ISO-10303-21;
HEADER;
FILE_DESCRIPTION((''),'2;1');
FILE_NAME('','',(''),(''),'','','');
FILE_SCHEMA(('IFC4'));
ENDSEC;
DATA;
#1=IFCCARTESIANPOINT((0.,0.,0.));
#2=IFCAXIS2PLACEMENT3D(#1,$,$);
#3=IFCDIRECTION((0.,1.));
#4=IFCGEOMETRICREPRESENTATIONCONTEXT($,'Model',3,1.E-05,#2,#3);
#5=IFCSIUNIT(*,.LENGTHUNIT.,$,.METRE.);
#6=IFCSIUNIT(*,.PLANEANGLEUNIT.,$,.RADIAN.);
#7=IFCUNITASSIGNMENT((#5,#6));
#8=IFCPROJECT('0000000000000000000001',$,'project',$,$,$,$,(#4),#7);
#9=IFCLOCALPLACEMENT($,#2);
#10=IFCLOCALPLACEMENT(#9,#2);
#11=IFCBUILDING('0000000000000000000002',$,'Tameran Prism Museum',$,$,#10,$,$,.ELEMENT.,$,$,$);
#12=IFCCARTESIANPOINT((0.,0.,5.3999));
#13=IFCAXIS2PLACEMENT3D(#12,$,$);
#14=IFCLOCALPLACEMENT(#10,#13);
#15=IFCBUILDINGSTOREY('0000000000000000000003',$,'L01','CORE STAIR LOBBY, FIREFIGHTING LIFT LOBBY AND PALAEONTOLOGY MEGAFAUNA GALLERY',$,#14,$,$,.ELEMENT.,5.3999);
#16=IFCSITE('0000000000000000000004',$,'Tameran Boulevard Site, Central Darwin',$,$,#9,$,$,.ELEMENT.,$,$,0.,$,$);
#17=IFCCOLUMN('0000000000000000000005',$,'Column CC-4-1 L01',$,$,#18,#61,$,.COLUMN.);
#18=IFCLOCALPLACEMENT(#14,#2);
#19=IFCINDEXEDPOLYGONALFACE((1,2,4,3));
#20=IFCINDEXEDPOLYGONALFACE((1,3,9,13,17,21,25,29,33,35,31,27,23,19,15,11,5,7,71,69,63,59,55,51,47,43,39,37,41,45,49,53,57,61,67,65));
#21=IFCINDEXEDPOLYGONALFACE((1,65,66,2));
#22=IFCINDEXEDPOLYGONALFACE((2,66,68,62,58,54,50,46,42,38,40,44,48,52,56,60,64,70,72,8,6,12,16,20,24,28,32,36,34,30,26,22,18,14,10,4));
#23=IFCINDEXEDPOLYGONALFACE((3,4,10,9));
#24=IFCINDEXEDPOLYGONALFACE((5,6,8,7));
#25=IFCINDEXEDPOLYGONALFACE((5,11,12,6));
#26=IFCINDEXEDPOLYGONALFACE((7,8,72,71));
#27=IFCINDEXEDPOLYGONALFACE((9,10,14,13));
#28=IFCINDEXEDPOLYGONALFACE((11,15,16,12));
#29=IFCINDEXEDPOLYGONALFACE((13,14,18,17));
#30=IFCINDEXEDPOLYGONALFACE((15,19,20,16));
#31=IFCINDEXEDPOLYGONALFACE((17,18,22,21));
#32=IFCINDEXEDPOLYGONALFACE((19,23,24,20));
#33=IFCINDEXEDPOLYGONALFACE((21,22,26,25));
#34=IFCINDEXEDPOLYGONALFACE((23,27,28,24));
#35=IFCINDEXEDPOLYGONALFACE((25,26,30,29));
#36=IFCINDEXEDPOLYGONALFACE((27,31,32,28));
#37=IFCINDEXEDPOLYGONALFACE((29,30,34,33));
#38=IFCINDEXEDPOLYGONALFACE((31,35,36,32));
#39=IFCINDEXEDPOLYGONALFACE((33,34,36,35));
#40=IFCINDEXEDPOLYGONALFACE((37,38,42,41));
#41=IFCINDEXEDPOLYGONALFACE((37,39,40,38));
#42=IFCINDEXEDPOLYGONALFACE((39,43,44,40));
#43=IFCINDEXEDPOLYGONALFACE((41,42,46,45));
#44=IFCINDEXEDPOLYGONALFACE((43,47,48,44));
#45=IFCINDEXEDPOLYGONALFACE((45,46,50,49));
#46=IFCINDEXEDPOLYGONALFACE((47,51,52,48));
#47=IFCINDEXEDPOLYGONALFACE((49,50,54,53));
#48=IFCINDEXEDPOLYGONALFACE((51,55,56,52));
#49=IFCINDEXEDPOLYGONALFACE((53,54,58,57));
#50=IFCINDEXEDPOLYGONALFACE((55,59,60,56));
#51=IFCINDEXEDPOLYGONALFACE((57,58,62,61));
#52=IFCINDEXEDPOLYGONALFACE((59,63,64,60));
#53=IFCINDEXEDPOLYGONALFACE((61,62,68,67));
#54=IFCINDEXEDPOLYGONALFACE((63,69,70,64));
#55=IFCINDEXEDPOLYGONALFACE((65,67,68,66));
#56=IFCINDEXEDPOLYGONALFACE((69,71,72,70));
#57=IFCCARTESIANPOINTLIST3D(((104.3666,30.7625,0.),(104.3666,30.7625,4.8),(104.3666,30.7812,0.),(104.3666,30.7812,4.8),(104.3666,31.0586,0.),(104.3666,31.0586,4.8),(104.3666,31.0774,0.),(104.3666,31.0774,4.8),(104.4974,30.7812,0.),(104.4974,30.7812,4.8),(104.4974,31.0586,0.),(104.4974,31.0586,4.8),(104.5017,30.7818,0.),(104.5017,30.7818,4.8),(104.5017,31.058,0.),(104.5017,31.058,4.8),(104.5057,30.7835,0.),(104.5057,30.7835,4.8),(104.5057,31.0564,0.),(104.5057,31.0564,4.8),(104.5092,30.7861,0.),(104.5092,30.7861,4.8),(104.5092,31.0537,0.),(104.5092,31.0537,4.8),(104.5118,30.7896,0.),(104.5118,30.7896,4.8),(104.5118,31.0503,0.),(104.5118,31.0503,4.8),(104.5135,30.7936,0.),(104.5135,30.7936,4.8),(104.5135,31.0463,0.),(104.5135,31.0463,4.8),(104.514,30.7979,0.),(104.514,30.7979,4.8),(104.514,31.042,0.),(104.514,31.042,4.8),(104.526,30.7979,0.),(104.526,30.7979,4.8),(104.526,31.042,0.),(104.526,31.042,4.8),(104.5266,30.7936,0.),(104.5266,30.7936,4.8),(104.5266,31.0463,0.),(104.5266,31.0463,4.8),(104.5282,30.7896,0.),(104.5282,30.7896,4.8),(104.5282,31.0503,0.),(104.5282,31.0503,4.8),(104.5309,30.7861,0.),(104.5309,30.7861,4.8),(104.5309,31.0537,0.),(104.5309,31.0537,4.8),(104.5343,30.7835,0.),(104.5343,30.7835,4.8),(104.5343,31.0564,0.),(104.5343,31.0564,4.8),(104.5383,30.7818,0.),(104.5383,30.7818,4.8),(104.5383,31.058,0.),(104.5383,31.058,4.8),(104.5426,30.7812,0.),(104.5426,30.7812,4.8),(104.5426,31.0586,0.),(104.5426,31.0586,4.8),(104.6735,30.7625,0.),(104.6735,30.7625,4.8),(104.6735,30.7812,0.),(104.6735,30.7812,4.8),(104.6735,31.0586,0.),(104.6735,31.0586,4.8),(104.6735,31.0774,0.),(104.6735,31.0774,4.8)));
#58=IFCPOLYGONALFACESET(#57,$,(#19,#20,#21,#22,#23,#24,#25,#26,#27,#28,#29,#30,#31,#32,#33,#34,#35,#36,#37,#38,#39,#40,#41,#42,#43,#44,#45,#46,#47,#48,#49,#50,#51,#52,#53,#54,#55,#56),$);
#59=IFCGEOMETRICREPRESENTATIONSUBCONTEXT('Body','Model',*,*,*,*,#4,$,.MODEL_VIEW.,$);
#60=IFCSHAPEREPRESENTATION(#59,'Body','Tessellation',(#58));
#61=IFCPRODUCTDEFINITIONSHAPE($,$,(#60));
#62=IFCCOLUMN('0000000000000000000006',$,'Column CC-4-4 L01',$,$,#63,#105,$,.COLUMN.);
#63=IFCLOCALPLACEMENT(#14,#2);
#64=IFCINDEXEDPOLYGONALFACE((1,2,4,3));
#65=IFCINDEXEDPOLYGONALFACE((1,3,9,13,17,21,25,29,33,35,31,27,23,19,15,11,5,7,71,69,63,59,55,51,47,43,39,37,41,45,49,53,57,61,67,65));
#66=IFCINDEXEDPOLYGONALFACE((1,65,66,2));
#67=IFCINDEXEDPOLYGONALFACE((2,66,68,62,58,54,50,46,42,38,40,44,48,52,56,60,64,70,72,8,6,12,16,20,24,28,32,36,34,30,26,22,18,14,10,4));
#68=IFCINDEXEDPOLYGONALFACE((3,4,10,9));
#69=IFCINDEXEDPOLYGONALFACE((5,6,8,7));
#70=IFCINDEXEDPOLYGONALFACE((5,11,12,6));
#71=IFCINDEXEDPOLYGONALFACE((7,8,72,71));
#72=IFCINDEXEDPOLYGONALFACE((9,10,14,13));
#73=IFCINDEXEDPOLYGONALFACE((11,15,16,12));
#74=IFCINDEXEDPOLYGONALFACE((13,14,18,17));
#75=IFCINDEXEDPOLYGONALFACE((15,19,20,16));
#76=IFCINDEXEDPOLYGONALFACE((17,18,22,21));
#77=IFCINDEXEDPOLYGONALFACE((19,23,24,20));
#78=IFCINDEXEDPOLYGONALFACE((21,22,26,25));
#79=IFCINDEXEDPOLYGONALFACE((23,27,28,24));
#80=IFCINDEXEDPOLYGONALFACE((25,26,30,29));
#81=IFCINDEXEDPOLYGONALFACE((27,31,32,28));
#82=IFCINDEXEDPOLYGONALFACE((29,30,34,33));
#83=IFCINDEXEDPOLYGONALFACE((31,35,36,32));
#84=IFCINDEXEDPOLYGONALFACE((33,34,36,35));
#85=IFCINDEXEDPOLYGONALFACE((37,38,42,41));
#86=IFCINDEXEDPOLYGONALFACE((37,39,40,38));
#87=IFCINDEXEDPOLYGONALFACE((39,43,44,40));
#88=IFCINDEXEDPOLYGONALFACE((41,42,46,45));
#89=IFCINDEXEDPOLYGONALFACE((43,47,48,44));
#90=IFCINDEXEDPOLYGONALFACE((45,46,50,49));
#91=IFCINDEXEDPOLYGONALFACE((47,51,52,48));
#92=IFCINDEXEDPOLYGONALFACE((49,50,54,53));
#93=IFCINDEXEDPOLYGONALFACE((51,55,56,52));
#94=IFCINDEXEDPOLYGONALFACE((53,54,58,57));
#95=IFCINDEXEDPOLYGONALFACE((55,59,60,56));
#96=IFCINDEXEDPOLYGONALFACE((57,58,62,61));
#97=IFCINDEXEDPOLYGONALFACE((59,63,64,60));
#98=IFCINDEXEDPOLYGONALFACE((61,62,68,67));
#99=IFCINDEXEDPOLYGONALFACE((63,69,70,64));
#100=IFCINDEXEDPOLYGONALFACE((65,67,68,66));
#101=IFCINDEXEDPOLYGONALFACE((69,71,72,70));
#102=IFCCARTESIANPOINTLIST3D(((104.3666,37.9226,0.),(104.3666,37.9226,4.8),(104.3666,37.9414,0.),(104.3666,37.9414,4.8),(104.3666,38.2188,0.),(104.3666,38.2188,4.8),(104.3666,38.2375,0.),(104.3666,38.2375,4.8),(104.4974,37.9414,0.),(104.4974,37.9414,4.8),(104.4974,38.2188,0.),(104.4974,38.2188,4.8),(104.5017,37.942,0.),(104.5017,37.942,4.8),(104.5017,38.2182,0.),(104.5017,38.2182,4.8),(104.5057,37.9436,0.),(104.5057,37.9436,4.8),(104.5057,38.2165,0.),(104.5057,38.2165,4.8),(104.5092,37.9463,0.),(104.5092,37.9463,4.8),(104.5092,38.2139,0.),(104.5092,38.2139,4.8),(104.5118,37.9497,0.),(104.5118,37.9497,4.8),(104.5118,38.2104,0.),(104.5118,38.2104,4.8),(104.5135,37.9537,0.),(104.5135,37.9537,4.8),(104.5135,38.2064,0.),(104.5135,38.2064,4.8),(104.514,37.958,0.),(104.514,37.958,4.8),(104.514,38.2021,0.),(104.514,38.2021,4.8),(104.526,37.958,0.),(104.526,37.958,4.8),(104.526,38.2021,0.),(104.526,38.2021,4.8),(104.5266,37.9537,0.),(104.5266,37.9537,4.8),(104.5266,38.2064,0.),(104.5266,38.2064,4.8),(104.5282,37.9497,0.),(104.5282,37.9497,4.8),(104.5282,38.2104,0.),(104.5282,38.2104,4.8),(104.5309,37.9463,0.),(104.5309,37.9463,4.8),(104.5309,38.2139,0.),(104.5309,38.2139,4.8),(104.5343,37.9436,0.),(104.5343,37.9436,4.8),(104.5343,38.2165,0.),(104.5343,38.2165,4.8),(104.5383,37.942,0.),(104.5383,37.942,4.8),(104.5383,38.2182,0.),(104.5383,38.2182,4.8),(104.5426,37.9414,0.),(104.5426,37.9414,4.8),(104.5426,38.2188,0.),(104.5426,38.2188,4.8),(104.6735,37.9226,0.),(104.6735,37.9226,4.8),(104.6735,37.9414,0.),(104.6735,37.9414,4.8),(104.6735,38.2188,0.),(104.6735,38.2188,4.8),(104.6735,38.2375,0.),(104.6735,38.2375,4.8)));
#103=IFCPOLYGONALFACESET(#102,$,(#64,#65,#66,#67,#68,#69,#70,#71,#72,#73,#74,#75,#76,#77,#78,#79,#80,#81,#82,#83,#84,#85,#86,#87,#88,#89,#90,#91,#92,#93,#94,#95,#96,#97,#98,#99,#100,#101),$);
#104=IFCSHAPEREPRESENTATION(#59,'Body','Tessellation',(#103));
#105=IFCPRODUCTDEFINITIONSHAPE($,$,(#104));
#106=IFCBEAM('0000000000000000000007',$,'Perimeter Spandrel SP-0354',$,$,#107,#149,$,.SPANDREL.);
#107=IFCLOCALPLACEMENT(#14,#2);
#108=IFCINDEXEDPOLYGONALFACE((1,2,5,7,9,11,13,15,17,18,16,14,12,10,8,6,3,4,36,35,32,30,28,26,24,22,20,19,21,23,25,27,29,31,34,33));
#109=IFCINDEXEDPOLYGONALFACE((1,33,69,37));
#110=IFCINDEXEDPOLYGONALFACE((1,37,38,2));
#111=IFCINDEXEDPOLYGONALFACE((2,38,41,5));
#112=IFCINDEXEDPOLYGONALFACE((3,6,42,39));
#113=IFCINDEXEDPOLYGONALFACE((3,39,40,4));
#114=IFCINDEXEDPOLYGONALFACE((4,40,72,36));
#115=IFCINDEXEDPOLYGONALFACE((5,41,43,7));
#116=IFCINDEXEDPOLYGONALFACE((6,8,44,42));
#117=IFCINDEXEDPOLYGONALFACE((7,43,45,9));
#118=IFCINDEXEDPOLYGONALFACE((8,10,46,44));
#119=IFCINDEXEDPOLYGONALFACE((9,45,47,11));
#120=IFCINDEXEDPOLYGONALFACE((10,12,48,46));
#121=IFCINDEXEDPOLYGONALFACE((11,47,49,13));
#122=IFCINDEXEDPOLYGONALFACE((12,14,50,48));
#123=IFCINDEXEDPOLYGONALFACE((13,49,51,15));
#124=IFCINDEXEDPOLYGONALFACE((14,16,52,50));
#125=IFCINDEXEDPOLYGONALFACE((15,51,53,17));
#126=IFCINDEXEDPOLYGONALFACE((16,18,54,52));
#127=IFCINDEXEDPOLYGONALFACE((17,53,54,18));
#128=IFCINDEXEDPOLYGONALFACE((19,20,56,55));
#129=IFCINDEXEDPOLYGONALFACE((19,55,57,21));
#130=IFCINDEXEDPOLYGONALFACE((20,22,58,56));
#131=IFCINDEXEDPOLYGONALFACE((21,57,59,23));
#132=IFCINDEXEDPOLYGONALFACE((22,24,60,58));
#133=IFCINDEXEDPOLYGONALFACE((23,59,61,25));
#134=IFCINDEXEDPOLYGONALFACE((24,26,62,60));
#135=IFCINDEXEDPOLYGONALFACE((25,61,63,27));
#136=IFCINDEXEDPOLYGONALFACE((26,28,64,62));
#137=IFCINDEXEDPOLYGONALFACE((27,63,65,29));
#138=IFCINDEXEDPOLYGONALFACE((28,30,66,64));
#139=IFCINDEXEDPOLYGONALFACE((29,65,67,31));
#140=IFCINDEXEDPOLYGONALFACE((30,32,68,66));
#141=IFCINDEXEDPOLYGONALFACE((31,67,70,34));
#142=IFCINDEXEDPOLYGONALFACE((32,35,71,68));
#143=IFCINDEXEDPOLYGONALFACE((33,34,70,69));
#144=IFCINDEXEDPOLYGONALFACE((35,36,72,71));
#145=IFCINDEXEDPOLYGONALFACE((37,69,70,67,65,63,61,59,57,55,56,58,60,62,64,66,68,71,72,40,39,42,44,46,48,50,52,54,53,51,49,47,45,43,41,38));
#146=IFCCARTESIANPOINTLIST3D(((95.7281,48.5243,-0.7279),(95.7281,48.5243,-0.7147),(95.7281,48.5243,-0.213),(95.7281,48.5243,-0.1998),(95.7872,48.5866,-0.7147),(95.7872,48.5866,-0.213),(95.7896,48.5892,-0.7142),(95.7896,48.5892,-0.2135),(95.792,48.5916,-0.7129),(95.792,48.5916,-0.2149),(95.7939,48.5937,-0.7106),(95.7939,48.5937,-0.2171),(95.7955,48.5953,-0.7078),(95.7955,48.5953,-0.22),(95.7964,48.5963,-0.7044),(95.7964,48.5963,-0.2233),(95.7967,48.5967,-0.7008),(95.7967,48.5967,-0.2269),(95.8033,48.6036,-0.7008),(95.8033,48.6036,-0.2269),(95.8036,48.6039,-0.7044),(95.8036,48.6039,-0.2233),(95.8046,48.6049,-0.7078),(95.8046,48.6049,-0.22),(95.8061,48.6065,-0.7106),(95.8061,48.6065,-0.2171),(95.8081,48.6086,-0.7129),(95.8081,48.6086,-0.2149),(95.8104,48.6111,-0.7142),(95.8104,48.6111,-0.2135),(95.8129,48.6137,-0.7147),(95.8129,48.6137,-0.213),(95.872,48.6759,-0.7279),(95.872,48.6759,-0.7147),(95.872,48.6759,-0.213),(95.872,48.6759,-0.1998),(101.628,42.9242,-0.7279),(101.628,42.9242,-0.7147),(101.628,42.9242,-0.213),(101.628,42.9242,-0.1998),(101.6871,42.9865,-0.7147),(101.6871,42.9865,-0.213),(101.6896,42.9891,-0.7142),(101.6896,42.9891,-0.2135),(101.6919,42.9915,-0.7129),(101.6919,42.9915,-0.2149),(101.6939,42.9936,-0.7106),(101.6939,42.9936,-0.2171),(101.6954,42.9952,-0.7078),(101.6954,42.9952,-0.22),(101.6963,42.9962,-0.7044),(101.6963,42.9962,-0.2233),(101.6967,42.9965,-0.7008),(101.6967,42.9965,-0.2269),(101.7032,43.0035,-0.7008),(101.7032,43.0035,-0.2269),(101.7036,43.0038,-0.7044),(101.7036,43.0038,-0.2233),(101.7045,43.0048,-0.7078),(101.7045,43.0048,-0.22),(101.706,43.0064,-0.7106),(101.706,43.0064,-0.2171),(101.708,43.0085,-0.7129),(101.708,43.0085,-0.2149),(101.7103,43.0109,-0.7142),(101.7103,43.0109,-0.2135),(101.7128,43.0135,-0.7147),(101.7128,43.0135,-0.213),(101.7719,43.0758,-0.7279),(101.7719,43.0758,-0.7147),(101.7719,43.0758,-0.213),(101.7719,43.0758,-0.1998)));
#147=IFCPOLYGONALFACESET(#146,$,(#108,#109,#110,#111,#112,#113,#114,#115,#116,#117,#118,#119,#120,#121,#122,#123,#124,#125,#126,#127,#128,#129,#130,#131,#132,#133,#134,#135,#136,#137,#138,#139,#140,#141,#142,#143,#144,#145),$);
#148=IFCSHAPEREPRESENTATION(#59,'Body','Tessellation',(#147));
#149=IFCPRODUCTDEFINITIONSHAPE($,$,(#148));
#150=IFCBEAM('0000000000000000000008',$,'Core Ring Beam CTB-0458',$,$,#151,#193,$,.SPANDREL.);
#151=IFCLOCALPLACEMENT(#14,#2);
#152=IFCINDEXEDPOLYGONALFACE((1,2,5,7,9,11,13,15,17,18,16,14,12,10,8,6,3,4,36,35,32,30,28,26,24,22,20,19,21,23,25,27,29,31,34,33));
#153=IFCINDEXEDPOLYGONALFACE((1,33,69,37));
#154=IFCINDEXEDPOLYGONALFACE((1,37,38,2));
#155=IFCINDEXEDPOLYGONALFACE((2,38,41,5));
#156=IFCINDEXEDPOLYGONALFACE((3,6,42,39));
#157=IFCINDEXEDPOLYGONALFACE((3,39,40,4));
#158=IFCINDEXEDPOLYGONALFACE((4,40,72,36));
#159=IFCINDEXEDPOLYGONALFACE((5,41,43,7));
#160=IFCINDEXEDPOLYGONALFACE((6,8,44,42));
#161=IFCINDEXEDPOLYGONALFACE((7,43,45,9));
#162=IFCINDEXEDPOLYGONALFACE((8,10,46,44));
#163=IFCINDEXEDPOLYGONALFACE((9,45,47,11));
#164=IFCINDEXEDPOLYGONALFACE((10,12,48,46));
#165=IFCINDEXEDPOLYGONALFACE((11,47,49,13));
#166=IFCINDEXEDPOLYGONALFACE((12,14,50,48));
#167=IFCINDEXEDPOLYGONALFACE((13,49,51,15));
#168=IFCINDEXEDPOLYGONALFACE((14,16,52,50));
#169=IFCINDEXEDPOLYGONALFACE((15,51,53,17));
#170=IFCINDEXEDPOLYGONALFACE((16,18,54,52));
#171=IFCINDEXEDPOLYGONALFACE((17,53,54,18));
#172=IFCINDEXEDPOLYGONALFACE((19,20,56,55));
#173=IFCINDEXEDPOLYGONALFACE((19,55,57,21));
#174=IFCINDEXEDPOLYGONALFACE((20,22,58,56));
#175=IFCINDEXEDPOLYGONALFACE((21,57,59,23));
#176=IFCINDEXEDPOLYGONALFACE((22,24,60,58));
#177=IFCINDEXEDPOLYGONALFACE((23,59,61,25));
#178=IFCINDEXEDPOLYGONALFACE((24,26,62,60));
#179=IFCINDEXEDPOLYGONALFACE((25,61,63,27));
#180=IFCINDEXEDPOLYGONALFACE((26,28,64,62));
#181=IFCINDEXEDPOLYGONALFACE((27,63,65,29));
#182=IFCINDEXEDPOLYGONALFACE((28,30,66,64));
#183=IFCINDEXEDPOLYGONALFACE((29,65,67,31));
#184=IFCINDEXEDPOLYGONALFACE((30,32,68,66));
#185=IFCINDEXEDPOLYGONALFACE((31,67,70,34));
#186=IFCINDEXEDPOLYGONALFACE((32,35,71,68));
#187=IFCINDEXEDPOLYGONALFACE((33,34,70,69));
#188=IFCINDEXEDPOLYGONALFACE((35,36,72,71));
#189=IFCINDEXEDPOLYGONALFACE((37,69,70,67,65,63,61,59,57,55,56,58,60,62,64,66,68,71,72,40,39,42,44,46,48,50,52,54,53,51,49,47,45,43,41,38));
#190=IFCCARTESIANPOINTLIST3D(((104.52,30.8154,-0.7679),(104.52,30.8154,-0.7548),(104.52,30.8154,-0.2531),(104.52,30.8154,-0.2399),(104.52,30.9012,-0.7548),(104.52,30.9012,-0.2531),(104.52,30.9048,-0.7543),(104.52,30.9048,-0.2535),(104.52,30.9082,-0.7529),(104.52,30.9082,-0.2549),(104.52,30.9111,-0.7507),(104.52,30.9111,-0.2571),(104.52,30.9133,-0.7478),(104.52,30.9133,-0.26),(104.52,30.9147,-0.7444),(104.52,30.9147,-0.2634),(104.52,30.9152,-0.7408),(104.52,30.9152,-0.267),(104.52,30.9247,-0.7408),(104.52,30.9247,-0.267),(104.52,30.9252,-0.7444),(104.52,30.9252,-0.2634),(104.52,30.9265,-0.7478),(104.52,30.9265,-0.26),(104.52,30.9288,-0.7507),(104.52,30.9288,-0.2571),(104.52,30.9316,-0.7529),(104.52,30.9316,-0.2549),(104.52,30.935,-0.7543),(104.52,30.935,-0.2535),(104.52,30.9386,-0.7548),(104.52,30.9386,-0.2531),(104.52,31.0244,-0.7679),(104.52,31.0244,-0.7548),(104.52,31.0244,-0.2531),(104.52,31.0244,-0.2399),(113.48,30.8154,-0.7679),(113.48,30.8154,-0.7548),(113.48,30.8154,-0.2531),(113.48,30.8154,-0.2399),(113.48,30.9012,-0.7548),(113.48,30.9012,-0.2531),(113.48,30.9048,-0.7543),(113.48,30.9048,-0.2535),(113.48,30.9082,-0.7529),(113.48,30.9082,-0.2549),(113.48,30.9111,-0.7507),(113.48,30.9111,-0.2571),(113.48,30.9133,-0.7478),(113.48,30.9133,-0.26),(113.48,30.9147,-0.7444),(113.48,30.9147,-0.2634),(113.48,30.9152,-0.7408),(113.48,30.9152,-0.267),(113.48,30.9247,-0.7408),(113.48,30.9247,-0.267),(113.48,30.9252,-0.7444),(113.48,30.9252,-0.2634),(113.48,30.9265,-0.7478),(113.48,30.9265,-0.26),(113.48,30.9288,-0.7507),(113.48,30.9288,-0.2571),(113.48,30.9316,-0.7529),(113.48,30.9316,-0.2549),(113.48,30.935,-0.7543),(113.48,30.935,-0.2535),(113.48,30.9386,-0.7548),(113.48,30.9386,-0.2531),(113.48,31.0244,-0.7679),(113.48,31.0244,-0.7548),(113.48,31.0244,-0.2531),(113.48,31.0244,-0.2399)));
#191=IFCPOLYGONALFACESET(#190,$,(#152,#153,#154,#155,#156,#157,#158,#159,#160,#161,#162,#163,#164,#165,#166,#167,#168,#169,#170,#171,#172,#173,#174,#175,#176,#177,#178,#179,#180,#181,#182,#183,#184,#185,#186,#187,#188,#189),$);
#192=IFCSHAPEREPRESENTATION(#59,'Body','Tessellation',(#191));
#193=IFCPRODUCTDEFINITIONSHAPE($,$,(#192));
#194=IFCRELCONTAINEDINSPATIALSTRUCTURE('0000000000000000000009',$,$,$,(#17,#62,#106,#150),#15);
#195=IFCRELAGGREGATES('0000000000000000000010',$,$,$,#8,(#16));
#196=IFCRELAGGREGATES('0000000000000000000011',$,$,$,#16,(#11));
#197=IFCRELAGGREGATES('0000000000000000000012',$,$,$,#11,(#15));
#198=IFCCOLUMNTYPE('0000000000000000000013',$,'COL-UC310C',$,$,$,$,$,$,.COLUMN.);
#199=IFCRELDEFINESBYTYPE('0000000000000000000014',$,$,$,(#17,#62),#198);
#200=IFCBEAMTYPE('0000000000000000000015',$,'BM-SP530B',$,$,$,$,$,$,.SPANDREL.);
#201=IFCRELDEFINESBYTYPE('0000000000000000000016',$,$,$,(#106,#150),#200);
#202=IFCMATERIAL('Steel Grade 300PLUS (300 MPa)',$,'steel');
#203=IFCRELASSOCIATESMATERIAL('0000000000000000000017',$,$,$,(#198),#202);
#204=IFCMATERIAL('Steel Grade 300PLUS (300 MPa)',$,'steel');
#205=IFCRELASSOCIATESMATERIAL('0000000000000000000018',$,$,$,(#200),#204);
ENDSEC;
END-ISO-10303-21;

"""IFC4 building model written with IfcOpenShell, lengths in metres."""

from ifc_helpers import new_model, si_unit, direction, frame, origin, origin_2d, place, context, subcontext, project, spatial, i_section, extrude, material, material_profile, profile_set, type_object, element, save


model = new_model("IFC4")

# Units and contexts
model_context = context("Model", 3, precision=1e-05, world=origin(), true_north=direction((0.0, 1.0)))
body_context = subcontext(model_context, "Body", "Model", "MODEL_VIEW")
ifc_project = project(units=[si_unit("LENGTHUNIT", "METRE"), si_unit("PLANEANGLEUNIT", "RADIAN")], contexts=[model_context])

# Site, building, storey
site_placement = place(None, origin())
site = spatial("IfcSite", under=ifc_project, at=site_placement, Name="Tameran Boulevard Site, Central Darwin", CompositionType="ELEMENT", RefElevation=0.0)
building_placement = place(site_placement, origin())
building = spatial("IfcBuilding", under=site, at=building_placement, Name="Tameran Prism Museum", CompositionType="ELEMENT")
storey_placement = place(building_placement, frame((0.0, 0.0, 5.3999)))
storey = spatial("IfcBuildingStorey", under=building, at=storey_placement, Name="L01", Description="CORE STAIR LOBBY, FIREFIGHTING LIFT LOBBY AND PALAEONTOLOGY MEGAFAUNA GALLERY", CompositionType="ELEMENT", Elevation=5.3999)

# Columns
ifc_material_1 = material(Name="Steel Grade 300PLUS (300 MPa)", Category="steel")
ifc_material_profile_1 = material_profile(ifc_material_1, i_section(OverallWidth=0.3069, OverallDepth=0.3149, WebThickness=0.012, FlangeThickness=0.0188, FilletRadius=0.0166, at=origin_2d()))
ifc_profile_set_1 = profile_set([ifc_material_profile_1])
column_type = type_object("IfcColumnType", Name="COL-UC310C", PredefinedType="COLUMN", material=ifc_profile_set_1)
for number, where, z_axis, x_axis, name in (
    (1, (104.52, 30.9199, 0.0), (0.0, 0.0, 1.0), (1.0, 0.0, 0.0), "Column CC-4-1 L01"),
    (2, (104.52, 38.0801, 0.0), (0.0, 0.0, 1.0), (1.0, 0.0, 0.0), "Column CC-4-4 L01"),
):
    element("IfcColumn", number, at=place(storey_placement, frame(where, z_axis=z_axis, x_axis=x_axis)), inside=storey, type_object=column_type, Name=name, PredefinedType="COLUMN", context=body_context, shape_type="SweptSolid", body=[
        extrude(i_section(OverallWidth=0.3069, OverallDepth=0.3149, WebThickness=0.012, FlangeThickness=0.0188, FilletRadius=0.0166, at=origin_2d()), origin(), (0.0, 0.0, 1.0), 4.8),
    ])

# Beams
ifc_material_2 = material(Name="Steel Grade 300PLUS (300 MPa)", Category="steel")
ifc_material_profile_2 = material_profile(ifc_material_2, i_section(OverallWidth=0.209, OverallDepth=0.5281, WebThickness=0.0095, FlangeThickness=0.0132, FilletRadius=0.0139, at=origin_2d()))
ifc_profile_set_2 = profile_set([ifc_material_profile_2])
beam_type_1 = type_object("IfcBeamType", Name="BM-SP530B", PredefinedType="SPANDREL", material=ifc_profile_set_2)
beam_1_placement = place(storey_placement, frame((101.7, 43.0, -0.4639), z_axis=(-0.725295, 0.688439, 0.0), x_axis=(-0.688439, -0.725295, 0.0)))
element("IfcBeam", 3, at=beam_1_placement, inside=storey, type_object=beam_type_1, Name="Perimeter Spandrel SP-0354", PredefinedType="SPANDREL", context=body_context, shape_type="SweptSolid", body=[
    extrude(i_section(OverallWidth=0.209, OverallDepth=0.5281, WebThickness=0.0095, FlangeThickness=0.0132, FilletRadius=0.0139, at=origin_2d()), origin(), (0.0, 0.0, 1.0), 8.1345),
])
beam_2_placement = place(storey_placement, frame((104.52, 30.9199, -0.5039), z_axis=(1.0, 0.0, 0.0), x_axis=(0.0, 1.0, 0.0)))
element("IfcBeam", 4, at=beam_2_placement, inside=storey, type_object=beam_type_1, Name="Core Ring Beam CTB-0458", PredefinedType="SPANDREL", context=body_context, shape_type="SweptSolid", body=[
    extrude(i_section(OverallWidth=0.209, OverallDepth=0.5281, WebThickness=0.0095, FlangeThickness=0.0132, FilletRadius=0.0139, at=origin_2d()), origin(), (0.0, 0.0, 1.0), 8.96),
])

save(model, "model.ifc")
